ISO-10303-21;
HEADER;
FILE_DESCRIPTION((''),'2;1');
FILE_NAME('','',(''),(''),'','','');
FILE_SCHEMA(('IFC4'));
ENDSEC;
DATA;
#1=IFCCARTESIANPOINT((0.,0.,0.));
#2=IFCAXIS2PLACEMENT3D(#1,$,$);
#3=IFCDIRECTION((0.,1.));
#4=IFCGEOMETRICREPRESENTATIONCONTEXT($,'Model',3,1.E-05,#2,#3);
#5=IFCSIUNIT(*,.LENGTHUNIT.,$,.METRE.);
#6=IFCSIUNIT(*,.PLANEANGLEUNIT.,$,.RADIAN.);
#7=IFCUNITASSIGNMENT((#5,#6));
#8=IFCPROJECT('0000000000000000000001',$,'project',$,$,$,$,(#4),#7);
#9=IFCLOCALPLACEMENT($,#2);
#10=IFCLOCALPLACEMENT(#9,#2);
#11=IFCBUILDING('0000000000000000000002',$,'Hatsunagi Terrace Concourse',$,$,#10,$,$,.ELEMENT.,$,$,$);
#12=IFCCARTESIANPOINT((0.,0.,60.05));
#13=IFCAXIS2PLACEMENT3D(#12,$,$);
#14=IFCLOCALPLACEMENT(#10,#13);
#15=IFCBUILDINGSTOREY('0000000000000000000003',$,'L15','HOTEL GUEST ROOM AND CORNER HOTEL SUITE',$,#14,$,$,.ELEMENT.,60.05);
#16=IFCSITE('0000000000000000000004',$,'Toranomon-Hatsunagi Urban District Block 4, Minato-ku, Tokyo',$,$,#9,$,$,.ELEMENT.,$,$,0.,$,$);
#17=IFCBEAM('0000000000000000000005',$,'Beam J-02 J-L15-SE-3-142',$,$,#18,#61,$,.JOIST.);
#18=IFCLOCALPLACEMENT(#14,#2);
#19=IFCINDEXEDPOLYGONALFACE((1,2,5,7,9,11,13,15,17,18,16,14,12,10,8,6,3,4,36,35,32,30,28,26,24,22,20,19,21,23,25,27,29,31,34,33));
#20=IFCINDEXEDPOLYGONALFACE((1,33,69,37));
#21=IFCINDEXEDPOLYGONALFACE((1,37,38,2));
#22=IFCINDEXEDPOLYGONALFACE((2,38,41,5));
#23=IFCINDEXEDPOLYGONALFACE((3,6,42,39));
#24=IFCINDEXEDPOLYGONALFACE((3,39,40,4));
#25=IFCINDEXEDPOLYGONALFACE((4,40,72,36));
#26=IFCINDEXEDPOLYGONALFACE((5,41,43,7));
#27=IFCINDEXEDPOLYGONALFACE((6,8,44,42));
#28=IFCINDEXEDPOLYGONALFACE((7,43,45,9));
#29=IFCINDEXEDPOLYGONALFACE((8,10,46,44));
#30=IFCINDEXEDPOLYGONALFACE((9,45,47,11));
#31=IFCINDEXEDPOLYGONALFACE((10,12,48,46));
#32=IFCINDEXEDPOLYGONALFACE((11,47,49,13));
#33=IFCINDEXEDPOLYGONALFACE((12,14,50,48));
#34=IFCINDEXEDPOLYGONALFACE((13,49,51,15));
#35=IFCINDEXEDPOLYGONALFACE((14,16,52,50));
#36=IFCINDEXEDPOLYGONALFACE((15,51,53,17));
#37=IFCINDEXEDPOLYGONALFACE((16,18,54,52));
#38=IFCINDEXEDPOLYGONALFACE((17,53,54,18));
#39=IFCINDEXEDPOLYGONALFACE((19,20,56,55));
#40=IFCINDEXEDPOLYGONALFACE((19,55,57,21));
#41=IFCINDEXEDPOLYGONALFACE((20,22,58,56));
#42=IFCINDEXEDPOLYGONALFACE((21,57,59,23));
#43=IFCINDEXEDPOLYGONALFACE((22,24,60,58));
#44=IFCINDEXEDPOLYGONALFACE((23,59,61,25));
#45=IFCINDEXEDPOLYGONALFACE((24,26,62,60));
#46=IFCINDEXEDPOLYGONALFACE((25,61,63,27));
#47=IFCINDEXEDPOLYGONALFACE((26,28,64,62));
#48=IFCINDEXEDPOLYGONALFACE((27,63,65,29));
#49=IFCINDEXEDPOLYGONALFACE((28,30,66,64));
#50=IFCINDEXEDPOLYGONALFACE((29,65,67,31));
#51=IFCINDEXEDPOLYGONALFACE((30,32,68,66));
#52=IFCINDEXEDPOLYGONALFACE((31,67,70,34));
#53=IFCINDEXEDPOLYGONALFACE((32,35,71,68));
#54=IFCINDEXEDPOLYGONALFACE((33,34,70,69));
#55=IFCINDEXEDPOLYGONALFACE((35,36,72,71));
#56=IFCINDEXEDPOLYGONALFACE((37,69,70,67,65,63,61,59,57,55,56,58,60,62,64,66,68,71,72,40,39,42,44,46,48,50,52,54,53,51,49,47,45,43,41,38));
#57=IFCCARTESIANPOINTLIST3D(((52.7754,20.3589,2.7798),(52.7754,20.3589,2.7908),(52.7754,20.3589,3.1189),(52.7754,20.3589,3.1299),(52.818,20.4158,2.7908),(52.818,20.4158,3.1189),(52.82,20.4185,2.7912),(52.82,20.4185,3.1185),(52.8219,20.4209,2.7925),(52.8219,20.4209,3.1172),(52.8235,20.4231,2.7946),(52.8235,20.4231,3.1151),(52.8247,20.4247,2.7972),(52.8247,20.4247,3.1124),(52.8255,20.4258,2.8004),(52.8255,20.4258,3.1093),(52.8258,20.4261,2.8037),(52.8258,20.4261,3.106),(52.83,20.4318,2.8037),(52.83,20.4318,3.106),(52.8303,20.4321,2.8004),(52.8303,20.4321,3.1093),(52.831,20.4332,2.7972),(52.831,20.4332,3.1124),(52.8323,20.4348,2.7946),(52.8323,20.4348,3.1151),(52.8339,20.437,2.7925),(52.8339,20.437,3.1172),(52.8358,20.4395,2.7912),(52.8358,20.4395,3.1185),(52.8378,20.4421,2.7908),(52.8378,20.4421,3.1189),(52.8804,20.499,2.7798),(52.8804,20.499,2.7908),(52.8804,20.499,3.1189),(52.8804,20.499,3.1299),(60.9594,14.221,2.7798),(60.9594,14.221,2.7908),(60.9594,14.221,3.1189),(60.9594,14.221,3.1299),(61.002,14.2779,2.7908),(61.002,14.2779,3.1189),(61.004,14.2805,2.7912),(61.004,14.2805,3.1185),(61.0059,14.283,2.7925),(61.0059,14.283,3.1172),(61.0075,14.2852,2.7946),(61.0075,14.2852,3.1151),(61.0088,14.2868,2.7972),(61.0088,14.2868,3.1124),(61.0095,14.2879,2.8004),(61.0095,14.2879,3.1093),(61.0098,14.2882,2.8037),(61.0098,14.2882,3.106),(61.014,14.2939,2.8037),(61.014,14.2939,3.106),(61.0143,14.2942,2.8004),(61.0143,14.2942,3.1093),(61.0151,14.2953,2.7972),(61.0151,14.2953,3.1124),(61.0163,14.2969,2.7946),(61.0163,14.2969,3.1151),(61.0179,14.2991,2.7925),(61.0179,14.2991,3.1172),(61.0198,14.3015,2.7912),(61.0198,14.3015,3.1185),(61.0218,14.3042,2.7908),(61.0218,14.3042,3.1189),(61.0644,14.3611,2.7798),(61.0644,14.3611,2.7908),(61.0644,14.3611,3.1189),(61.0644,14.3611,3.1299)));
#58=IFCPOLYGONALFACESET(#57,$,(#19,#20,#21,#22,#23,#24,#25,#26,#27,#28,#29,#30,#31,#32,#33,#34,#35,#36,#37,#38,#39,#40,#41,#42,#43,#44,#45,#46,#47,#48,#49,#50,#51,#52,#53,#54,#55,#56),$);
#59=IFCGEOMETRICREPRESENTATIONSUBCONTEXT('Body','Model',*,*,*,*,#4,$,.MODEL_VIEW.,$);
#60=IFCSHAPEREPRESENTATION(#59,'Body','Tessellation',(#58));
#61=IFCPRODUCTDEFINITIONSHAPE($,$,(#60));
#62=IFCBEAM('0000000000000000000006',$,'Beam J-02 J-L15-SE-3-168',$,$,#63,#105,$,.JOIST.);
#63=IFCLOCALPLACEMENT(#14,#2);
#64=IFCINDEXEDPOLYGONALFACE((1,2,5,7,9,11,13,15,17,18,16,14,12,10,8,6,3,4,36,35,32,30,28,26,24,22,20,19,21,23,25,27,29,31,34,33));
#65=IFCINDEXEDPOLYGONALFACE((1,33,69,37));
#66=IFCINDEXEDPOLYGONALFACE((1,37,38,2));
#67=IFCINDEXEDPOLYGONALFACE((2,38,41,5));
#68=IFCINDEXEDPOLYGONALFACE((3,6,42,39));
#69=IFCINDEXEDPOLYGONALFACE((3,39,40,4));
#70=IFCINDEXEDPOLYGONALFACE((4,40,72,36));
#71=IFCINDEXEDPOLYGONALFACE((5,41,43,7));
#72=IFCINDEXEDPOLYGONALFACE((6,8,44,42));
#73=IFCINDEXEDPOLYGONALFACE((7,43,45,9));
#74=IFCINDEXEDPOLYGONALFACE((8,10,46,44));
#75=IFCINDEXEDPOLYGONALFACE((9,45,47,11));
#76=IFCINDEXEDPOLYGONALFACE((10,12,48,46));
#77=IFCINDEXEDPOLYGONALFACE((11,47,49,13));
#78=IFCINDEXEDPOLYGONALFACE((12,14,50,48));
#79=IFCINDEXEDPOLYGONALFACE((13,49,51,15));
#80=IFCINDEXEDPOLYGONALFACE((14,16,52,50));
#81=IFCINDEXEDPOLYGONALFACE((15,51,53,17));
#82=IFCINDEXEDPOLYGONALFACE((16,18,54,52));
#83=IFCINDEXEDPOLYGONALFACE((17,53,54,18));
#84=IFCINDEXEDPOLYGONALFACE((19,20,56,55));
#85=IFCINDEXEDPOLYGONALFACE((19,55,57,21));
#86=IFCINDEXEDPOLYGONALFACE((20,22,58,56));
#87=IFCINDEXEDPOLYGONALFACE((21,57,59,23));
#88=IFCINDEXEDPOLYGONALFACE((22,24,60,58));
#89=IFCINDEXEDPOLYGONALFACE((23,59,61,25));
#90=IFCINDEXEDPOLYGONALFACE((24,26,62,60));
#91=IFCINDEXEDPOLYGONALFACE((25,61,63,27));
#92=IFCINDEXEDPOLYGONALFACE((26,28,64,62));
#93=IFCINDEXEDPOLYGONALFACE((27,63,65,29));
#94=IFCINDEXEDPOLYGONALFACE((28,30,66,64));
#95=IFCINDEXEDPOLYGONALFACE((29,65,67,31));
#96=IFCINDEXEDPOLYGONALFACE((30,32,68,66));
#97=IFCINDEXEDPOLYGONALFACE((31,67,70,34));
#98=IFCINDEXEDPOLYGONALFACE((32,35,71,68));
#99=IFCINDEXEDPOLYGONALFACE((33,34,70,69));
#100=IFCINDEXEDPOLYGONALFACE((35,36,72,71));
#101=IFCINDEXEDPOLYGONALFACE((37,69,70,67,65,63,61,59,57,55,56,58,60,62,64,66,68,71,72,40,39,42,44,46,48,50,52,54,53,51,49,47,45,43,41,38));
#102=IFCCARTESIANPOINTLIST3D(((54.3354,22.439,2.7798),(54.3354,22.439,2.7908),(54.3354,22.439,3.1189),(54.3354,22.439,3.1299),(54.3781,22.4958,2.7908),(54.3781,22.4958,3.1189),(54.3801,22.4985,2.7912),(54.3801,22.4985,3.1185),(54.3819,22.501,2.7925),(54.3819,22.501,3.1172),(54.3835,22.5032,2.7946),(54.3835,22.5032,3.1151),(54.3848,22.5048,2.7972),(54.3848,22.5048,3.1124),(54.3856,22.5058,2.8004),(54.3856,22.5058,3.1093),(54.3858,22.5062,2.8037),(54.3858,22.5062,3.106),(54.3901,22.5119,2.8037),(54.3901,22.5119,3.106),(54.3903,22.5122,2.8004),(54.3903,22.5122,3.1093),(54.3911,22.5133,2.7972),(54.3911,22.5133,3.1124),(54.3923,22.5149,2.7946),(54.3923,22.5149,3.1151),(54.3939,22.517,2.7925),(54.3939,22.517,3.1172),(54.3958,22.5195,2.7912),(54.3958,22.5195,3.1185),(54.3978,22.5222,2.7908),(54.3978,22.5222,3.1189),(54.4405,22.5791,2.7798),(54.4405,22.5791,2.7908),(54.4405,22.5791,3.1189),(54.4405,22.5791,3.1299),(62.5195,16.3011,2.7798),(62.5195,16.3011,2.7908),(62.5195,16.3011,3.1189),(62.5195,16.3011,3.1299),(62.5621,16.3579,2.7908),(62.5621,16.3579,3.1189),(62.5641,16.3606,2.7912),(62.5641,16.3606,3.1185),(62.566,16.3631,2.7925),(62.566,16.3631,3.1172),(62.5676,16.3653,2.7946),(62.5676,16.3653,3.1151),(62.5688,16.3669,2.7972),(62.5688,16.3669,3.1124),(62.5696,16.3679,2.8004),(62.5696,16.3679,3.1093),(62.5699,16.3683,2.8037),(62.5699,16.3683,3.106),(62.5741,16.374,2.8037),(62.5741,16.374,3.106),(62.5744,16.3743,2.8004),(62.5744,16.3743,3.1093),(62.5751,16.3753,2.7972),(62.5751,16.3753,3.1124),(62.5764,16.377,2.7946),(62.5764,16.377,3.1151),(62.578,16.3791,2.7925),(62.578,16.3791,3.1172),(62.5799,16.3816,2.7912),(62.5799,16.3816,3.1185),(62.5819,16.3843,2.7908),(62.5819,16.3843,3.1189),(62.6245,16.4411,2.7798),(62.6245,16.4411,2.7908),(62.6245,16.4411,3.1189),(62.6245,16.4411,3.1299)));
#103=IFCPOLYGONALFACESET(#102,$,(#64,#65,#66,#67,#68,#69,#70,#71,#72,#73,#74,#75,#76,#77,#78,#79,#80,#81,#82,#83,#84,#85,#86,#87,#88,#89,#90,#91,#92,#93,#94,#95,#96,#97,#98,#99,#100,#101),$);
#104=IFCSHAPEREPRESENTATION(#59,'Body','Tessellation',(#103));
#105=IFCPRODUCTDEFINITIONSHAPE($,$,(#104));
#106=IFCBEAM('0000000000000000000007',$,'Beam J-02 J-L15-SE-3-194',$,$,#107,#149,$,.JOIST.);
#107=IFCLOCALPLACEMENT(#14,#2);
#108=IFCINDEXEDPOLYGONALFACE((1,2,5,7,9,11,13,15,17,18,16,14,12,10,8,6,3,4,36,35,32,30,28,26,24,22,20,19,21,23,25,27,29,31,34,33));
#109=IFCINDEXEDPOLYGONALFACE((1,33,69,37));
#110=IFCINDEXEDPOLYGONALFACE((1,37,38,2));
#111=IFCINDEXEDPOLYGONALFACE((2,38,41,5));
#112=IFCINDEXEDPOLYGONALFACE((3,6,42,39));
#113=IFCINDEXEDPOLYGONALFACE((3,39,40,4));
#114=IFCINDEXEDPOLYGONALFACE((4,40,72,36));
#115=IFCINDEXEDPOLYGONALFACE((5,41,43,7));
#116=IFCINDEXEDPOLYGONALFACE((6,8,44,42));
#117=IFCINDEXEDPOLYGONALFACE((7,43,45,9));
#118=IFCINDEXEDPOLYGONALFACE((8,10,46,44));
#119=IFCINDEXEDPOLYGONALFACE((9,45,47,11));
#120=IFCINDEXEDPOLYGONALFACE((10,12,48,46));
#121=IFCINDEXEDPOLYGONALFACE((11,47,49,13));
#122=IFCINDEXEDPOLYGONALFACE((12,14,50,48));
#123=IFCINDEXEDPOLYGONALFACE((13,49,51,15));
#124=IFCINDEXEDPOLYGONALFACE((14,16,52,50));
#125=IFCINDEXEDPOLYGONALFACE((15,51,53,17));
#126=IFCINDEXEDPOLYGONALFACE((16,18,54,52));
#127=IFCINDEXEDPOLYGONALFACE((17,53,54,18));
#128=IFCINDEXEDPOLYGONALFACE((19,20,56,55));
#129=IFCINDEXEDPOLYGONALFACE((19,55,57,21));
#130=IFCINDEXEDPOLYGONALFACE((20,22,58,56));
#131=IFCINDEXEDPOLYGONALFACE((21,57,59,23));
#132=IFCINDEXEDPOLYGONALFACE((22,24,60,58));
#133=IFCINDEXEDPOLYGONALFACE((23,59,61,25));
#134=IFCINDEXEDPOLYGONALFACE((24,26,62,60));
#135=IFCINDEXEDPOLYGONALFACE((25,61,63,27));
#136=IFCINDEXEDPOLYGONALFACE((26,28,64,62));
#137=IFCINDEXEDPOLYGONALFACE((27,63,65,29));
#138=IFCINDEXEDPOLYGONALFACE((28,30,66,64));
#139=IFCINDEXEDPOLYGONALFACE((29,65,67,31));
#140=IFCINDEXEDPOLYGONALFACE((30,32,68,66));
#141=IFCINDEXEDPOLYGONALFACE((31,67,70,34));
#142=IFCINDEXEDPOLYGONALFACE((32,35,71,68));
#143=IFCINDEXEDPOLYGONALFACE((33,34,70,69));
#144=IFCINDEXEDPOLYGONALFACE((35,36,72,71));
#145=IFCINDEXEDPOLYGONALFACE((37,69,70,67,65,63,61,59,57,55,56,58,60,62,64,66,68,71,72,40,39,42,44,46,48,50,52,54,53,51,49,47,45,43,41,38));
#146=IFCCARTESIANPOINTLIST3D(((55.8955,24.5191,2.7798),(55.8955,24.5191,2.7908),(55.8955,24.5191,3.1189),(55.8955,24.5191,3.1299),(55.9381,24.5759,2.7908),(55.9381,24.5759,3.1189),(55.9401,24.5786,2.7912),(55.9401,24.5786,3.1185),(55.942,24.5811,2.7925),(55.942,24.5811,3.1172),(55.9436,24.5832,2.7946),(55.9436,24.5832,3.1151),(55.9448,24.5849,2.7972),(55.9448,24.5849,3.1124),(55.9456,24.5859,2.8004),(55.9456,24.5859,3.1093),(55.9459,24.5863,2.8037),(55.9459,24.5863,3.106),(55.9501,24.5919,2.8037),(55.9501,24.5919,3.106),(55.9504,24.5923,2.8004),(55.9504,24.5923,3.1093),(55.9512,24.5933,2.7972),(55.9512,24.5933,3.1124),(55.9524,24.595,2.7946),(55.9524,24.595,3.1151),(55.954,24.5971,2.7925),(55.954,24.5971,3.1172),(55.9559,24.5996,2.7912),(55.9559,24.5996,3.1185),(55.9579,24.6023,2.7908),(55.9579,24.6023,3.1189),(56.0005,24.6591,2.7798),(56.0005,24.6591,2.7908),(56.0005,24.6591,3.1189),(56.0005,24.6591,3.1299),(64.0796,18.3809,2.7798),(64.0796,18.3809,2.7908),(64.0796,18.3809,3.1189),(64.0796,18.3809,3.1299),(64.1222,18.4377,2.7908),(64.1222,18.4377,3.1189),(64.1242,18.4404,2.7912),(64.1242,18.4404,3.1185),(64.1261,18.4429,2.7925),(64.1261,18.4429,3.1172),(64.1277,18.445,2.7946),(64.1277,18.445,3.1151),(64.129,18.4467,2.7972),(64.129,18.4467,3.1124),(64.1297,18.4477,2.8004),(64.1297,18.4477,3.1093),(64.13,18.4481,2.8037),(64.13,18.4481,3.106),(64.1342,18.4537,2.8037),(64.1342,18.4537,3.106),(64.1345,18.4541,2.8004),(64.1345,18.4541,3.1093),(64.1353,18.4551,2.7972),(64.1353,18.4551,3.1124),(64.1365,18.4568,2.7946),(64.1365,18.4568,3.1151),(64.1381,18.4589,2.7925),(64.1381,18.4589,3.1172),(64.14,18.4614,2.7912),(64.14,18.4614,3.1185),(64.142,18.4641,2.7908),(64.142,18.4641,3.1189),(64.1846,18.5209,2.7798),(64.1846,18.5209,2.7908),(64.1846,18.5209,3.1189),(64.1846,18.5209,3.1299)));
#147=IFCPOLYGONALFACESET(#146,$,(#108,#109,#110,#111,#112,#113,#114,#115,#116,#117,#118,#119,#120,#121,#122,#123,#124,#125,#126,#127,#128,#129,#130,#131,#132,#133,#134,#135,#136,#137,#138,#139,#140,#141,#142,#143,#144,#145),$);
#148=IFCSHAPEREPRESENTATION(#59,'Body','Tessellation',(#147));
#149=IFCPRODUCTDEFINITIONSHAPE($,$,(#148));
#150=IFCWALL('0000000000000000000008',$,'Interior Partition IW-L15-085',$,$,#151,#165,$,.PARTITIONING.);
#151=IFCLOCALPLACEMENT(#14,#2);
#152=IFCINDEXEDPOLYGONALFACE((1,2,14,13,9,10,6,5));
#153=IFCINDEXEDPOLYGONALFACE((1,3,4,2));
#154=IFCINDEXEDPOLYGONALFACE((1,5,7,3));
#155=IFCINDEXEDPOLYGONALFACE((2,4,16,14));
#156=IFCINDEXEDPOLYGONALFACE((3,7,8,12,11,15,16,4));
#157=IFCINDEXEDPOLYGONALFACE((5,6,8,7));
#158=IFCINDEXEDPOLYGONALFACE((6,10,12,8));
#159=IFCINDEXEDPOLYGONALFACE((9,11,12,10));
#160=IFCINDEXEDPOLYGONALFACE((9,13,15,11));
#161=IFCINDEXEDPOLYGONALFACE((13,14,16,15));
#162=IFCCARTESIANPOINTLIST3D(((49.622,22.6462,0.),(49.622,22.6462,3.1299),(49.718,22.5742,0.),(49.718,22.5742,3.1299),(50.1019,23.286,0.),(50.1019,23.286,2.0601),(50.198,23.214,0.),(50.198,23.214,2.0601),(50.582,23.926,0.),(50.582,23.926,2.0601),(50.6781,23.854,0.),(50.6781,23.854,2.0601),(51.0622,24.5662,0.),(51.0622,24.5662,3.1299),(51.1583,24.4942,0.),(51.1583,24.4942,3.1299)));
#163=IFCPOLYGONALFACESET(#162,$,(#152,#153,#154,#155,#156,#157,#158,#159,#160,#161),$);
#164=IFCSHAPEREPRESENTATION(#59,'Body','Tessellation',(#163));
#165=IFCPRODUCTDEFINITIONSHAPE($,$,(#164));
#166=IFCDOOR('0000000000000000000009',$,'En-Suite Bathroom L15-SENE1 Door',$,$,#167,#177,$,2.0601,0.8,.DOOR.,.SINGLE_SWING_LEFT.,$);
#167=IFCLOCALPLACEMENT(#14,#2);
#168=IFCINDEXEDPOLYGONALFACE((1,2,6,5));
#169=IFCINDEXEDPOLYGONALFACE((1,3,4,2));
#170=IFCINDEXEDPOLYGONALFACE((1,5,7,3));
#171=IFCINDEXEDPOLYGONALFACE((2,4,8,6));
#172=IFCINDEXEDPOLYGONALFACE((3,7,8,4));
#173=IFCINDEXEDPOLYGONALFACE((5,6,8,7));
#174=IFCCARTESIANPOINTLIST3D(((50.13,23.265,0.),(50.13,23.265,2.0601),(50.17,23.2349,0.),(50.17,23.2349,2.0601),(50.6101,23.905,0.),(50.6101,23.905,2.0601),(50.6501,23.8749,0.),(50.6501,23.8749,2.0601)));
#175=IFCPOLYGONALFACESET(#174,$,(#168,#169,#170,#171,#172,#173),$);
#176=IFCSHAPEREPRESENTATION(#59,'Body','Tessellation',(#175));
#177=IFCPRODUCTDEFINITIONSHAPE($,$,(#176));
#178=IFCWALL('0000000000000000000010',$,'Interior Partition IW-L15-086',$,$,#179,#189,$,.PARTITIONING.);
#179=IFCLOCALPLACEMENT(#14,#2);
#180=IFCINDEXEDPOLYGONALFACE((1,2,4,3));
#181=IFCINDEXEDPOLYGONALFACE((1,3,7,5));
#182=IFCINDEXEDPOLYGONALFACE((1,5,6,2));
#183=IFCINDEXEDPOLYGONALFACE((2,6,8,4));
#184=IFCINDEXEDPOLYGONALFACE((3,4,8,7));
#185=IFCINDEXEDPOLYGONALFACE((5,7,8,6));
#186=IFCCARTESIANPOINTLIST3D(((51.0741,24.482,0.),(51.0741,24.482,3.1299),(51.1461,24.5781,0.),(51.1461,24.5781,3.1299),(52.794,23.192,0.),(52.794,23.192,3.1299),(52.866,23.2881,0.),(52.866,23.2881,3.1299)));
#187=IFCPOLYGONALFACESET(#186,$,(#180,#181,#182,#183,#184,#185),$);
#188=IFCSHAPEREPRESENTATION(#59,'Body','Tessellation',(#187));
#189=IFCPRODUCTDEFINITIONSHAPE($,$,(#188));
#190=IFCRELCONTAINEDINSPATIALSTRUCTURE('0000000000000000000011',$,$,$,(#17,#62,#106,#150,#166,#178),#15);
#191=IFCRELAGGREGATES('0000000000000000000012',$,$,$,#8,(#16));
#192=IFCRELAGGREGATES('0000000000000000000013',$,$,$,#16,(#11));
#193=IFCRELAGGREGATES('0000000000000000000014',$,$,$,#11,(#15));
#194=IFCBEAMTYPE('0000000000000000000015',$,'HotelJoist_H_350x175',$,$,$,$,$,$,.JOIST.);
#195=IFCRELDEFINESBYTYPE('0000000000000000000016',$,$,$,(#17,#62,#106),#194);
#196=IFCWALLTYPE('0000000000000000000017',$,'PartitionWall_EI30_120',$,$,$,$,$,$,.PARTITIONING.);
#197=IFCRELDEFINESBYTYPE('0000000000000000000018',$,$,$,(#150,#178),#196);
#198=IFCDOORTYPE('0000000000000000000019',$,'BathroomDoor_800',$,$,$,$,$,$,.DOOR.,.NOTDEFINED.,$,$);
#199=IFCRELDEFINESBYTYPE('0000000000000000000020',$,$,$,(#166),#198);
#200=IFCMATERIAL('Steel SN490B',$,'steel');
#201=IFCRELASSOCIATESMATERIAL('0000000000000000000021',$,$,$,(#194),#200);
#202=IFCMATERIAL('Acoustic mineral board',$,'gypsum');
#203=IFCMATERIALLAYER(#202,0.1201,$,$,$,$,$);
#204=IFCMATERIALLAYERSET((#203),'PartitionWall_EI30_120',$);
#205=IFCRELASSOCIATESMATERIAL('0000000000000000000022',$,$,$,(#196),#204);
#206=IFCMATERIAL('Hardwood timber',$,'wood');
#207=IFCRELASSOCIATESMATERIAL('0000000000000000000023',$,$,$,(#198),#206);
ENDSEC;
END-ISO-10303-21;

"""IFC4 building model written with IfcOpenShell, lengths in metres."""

from ifc_helpers import new_model, si_unit, direction, frame, frame_2d, origin, origin_2d, place, context, subcontext, project, spatial, rectangle, i_section, extrude, material, layer, layer_set, material_profile, profile_set, type_object, element, fill, save


model = new_model("IFC4")

# Units and contexts
model_context = context("Model", 3, precision=1e-05, world=origin(), true_north=direction((0.0, 1.0)))
body_context = subcontext(model_context, "Body", "Model", "MODEL_VIEW")
ifc_project = project(units=[si_unit("LENGTHUNIT", "METRE"), si_unit("PLANEANGLEUNIT", "RADIAN")], contexts=[model_context])

# Site, building, storey
site_placement = place(None, origin())
site = spatial("IfcSite", under=ifc_project, at=site_placement, Name="Toranomon-Hatsunagi Urban District Block 4, Minato-ku, Tokyo", CompositionType="ELEMENT", RefElevation=0.0)
building_placement = place(site_placement, origin())
building = spatial("IfcBuilding", under=site, at=building_placement, Name="Hatsunagi Terrace Concourse", CompositionType="ELEMENT")
storey_placement = place(building_placement, frame((0.0, 0.0, 60.05)))
storey = spatial("IfcBuildingStorey", under=building, at=storey_placement, Name="L15", Description="HOTEL GUEST ROOM AND CORNER HOTEL SUITE", CompositionType="ELEMENT", Elevation=60.05)

# Beams
ifc_material_1 = material(Name="Steel SN490B", Category="steel")
ifc_material_profile = material_profile(ifc_material_1, i_section(OverallWidth=0.175, OverallDepth=0.3501, WebThickness=0.0071, FlangeThickness=0.011, FilletRadius=0.0129, at=origin_2d()), Name="H-350x175x7x11")
ifc_profile_set = profile_set([ifc_material_profile], Name="Steel SN490B")
beam_type = type_object("IfcBeamType", Name="HotelJoist_H_350x175", PredefinedType="JOIST", material=ifc_profile_set)
for number, where, z_axis, x_axis, name in (
    (1, (52.8279, 20.429, 2.9548), (0.800006, -0.599992, 0.0), (0.599992, 0.800006, 0.0), "Beam J-02 J-L15-SE-3-142"),
    (2, (54.3879, 22.509, 2.9548), (0.800006, -0.599992, 0.0), (0.599992, 0.800006, 0.0), "Beam J-02 J-L15-SE-3-168"),
):
    element("IfcBeam", number, at=place(storey_placement, frame(where, z_axis=z_axis, x_axis=x_axis)), inside=storey, type_object=beam_type, Name=name, PredefinedType="JOIST", context=body_context, shape_type="SweptSolid", body=[
        extrude(i_section(OverallWidth=0.175, OverallDepth=0.3501, WebThickness=0.0071, FlangeThickness=0.011, FilletRadius=0.0129, at=origin_2d()), origin(), (0.0, 0.0, 1.0), 10.23),
    ])
beam_placement = place(storey_placement, frame((55.948, 24.5891, 2.9548), z_axis=(0.799994, -0.600008, 0.0), x_axis=(0.600008, 0.799994, 0.0)))
element("IfcBeam", 3, at=beam_placement, inside=storey, type_object=beam_type, Name="Beam J-02 J-L15-SE-3-194", PredefinedType="JOIST", context=body_context, shape_type="SweptSolid", body=[
    extrude(i_section(OverallWidth=0.175, OverallDepth=0.3501, WebThickness=0.0071, FlangeThickness=0.011, FilletRadius=0.0129, at=origin_2d()), origin(), (0.0, 0.0, 1.0), 10.2302),
])

# Wall, opening, door
ifc_material_2 = material(Name="Acoustic mineral board", Category="gypsum")
ifc_layer_1 = layer(ifc_material_2, 0.1201)
ifc_layer_set_1 = layer_set([ifc_layer_1], Name="PartitionWall_EI30_120")
wall_type_1 = type_object("IfcWallType", Name="PartitionWall_EI30_120", PredefinedType="PARTITIONING", material=ifc_layer_set_1)
wall_1_placement = place(storey_placement, frame((49.6699, 22.6101, 0.0), z_axis=(0.0, 0.0, 1.0), x_axis=(0.600065, 0.799951, 0.0)))
wall_1 = element("IfcWall", 4, at=wall_1_placement, inside=storey, type_object=wall_type_1, Name="Interior Partition IW-L15-085", PredefinedType="PARTITIONING", context=body_context, shape_type="SweptSolid", body=[
    extrude(rectangle(XDim=2.4001, YDim=0.1201, at=frame_2d((1.2002, 0.0))), origin(), (0.0, 0.0, 1.0), 3.1299),
])
opening_1_placement = place(wall_1_placement, frame((0.8, 0.0, 0.0)))
opening_1 = element("IfcOpeningElement", 5, at=opening_1_placement, cuts=wall_1, PredefinedType="OPENING", context=body_context, shape_type="SweptSolid", body=[
    extrude(rectangle(XDim=0.8, YDim=2.0601, at=frame_2d((0.3999, 1.03))), frame((0.0, 0.0701, 0.0), z_axis=(0.0, -1.0, 0.0), x_axis=(1.0, 0.0, 0.0)), (0.0, 0.0, 1.0), 0.1401),
])
ifc_material_3 = material(Name="Hardwood timber", Category="wood")
door_type_1 = type_object("IfcDoorType", Name="BathroomDoor_800", OperationType="NOTDEFINED", PredefinedType="DOOR", material=ifc_material_3)
door_1_placement = place(opening_1_placement, origin())
door_1 = element("IfcDoor", 6, at=door_1_placement, inside=storey, type_object=door_type_1, Name="En-Suite Bathroom L15-SENE1 Door", OperationType="SINGLE_SWING_LEFT", OverallHeight=2.0601, OverallWidth=0.8, PredefinedType="DOOR", context=body_context, shape_type="SweptSolid", body=[
    extrude(rectangle(XDim=0.8, YDim=2.0601, at=frame_2d((0.3999, 1.03))), frame((0.0, 0.0249, 0.0), z_axis=(0.0, -1.0, 0.0), x_axis=(1.0, 0.0, 0.0)), (0.0, 0.0, 1.0), 0.05),
])
fill(opening_1, door_1)

# Wall
wall_2_placement = place(storey_placement, frame((51.1101, 24.53, 0.0), z_axis=(0.0, 0.0, 1.0), x_axis=(0.799986, -0.600018, 0.0)))
element("IfcWall", 7, at=wall_2_placement, inside=storey, type_object=wall_type_1, Name="Interior Partition IW-L15-086", PredefinedType="PARTITIONING", context=body_context, shape_type="SweptSolid", body=[
    extrude(rectangle(XDim=2.1499, YDim=0.1201, at=frame_2d((1.075, 0.0))), origin(), (0.0, 0.0, 1.0), 3.1299),
])

save(model, "model.ifc")
